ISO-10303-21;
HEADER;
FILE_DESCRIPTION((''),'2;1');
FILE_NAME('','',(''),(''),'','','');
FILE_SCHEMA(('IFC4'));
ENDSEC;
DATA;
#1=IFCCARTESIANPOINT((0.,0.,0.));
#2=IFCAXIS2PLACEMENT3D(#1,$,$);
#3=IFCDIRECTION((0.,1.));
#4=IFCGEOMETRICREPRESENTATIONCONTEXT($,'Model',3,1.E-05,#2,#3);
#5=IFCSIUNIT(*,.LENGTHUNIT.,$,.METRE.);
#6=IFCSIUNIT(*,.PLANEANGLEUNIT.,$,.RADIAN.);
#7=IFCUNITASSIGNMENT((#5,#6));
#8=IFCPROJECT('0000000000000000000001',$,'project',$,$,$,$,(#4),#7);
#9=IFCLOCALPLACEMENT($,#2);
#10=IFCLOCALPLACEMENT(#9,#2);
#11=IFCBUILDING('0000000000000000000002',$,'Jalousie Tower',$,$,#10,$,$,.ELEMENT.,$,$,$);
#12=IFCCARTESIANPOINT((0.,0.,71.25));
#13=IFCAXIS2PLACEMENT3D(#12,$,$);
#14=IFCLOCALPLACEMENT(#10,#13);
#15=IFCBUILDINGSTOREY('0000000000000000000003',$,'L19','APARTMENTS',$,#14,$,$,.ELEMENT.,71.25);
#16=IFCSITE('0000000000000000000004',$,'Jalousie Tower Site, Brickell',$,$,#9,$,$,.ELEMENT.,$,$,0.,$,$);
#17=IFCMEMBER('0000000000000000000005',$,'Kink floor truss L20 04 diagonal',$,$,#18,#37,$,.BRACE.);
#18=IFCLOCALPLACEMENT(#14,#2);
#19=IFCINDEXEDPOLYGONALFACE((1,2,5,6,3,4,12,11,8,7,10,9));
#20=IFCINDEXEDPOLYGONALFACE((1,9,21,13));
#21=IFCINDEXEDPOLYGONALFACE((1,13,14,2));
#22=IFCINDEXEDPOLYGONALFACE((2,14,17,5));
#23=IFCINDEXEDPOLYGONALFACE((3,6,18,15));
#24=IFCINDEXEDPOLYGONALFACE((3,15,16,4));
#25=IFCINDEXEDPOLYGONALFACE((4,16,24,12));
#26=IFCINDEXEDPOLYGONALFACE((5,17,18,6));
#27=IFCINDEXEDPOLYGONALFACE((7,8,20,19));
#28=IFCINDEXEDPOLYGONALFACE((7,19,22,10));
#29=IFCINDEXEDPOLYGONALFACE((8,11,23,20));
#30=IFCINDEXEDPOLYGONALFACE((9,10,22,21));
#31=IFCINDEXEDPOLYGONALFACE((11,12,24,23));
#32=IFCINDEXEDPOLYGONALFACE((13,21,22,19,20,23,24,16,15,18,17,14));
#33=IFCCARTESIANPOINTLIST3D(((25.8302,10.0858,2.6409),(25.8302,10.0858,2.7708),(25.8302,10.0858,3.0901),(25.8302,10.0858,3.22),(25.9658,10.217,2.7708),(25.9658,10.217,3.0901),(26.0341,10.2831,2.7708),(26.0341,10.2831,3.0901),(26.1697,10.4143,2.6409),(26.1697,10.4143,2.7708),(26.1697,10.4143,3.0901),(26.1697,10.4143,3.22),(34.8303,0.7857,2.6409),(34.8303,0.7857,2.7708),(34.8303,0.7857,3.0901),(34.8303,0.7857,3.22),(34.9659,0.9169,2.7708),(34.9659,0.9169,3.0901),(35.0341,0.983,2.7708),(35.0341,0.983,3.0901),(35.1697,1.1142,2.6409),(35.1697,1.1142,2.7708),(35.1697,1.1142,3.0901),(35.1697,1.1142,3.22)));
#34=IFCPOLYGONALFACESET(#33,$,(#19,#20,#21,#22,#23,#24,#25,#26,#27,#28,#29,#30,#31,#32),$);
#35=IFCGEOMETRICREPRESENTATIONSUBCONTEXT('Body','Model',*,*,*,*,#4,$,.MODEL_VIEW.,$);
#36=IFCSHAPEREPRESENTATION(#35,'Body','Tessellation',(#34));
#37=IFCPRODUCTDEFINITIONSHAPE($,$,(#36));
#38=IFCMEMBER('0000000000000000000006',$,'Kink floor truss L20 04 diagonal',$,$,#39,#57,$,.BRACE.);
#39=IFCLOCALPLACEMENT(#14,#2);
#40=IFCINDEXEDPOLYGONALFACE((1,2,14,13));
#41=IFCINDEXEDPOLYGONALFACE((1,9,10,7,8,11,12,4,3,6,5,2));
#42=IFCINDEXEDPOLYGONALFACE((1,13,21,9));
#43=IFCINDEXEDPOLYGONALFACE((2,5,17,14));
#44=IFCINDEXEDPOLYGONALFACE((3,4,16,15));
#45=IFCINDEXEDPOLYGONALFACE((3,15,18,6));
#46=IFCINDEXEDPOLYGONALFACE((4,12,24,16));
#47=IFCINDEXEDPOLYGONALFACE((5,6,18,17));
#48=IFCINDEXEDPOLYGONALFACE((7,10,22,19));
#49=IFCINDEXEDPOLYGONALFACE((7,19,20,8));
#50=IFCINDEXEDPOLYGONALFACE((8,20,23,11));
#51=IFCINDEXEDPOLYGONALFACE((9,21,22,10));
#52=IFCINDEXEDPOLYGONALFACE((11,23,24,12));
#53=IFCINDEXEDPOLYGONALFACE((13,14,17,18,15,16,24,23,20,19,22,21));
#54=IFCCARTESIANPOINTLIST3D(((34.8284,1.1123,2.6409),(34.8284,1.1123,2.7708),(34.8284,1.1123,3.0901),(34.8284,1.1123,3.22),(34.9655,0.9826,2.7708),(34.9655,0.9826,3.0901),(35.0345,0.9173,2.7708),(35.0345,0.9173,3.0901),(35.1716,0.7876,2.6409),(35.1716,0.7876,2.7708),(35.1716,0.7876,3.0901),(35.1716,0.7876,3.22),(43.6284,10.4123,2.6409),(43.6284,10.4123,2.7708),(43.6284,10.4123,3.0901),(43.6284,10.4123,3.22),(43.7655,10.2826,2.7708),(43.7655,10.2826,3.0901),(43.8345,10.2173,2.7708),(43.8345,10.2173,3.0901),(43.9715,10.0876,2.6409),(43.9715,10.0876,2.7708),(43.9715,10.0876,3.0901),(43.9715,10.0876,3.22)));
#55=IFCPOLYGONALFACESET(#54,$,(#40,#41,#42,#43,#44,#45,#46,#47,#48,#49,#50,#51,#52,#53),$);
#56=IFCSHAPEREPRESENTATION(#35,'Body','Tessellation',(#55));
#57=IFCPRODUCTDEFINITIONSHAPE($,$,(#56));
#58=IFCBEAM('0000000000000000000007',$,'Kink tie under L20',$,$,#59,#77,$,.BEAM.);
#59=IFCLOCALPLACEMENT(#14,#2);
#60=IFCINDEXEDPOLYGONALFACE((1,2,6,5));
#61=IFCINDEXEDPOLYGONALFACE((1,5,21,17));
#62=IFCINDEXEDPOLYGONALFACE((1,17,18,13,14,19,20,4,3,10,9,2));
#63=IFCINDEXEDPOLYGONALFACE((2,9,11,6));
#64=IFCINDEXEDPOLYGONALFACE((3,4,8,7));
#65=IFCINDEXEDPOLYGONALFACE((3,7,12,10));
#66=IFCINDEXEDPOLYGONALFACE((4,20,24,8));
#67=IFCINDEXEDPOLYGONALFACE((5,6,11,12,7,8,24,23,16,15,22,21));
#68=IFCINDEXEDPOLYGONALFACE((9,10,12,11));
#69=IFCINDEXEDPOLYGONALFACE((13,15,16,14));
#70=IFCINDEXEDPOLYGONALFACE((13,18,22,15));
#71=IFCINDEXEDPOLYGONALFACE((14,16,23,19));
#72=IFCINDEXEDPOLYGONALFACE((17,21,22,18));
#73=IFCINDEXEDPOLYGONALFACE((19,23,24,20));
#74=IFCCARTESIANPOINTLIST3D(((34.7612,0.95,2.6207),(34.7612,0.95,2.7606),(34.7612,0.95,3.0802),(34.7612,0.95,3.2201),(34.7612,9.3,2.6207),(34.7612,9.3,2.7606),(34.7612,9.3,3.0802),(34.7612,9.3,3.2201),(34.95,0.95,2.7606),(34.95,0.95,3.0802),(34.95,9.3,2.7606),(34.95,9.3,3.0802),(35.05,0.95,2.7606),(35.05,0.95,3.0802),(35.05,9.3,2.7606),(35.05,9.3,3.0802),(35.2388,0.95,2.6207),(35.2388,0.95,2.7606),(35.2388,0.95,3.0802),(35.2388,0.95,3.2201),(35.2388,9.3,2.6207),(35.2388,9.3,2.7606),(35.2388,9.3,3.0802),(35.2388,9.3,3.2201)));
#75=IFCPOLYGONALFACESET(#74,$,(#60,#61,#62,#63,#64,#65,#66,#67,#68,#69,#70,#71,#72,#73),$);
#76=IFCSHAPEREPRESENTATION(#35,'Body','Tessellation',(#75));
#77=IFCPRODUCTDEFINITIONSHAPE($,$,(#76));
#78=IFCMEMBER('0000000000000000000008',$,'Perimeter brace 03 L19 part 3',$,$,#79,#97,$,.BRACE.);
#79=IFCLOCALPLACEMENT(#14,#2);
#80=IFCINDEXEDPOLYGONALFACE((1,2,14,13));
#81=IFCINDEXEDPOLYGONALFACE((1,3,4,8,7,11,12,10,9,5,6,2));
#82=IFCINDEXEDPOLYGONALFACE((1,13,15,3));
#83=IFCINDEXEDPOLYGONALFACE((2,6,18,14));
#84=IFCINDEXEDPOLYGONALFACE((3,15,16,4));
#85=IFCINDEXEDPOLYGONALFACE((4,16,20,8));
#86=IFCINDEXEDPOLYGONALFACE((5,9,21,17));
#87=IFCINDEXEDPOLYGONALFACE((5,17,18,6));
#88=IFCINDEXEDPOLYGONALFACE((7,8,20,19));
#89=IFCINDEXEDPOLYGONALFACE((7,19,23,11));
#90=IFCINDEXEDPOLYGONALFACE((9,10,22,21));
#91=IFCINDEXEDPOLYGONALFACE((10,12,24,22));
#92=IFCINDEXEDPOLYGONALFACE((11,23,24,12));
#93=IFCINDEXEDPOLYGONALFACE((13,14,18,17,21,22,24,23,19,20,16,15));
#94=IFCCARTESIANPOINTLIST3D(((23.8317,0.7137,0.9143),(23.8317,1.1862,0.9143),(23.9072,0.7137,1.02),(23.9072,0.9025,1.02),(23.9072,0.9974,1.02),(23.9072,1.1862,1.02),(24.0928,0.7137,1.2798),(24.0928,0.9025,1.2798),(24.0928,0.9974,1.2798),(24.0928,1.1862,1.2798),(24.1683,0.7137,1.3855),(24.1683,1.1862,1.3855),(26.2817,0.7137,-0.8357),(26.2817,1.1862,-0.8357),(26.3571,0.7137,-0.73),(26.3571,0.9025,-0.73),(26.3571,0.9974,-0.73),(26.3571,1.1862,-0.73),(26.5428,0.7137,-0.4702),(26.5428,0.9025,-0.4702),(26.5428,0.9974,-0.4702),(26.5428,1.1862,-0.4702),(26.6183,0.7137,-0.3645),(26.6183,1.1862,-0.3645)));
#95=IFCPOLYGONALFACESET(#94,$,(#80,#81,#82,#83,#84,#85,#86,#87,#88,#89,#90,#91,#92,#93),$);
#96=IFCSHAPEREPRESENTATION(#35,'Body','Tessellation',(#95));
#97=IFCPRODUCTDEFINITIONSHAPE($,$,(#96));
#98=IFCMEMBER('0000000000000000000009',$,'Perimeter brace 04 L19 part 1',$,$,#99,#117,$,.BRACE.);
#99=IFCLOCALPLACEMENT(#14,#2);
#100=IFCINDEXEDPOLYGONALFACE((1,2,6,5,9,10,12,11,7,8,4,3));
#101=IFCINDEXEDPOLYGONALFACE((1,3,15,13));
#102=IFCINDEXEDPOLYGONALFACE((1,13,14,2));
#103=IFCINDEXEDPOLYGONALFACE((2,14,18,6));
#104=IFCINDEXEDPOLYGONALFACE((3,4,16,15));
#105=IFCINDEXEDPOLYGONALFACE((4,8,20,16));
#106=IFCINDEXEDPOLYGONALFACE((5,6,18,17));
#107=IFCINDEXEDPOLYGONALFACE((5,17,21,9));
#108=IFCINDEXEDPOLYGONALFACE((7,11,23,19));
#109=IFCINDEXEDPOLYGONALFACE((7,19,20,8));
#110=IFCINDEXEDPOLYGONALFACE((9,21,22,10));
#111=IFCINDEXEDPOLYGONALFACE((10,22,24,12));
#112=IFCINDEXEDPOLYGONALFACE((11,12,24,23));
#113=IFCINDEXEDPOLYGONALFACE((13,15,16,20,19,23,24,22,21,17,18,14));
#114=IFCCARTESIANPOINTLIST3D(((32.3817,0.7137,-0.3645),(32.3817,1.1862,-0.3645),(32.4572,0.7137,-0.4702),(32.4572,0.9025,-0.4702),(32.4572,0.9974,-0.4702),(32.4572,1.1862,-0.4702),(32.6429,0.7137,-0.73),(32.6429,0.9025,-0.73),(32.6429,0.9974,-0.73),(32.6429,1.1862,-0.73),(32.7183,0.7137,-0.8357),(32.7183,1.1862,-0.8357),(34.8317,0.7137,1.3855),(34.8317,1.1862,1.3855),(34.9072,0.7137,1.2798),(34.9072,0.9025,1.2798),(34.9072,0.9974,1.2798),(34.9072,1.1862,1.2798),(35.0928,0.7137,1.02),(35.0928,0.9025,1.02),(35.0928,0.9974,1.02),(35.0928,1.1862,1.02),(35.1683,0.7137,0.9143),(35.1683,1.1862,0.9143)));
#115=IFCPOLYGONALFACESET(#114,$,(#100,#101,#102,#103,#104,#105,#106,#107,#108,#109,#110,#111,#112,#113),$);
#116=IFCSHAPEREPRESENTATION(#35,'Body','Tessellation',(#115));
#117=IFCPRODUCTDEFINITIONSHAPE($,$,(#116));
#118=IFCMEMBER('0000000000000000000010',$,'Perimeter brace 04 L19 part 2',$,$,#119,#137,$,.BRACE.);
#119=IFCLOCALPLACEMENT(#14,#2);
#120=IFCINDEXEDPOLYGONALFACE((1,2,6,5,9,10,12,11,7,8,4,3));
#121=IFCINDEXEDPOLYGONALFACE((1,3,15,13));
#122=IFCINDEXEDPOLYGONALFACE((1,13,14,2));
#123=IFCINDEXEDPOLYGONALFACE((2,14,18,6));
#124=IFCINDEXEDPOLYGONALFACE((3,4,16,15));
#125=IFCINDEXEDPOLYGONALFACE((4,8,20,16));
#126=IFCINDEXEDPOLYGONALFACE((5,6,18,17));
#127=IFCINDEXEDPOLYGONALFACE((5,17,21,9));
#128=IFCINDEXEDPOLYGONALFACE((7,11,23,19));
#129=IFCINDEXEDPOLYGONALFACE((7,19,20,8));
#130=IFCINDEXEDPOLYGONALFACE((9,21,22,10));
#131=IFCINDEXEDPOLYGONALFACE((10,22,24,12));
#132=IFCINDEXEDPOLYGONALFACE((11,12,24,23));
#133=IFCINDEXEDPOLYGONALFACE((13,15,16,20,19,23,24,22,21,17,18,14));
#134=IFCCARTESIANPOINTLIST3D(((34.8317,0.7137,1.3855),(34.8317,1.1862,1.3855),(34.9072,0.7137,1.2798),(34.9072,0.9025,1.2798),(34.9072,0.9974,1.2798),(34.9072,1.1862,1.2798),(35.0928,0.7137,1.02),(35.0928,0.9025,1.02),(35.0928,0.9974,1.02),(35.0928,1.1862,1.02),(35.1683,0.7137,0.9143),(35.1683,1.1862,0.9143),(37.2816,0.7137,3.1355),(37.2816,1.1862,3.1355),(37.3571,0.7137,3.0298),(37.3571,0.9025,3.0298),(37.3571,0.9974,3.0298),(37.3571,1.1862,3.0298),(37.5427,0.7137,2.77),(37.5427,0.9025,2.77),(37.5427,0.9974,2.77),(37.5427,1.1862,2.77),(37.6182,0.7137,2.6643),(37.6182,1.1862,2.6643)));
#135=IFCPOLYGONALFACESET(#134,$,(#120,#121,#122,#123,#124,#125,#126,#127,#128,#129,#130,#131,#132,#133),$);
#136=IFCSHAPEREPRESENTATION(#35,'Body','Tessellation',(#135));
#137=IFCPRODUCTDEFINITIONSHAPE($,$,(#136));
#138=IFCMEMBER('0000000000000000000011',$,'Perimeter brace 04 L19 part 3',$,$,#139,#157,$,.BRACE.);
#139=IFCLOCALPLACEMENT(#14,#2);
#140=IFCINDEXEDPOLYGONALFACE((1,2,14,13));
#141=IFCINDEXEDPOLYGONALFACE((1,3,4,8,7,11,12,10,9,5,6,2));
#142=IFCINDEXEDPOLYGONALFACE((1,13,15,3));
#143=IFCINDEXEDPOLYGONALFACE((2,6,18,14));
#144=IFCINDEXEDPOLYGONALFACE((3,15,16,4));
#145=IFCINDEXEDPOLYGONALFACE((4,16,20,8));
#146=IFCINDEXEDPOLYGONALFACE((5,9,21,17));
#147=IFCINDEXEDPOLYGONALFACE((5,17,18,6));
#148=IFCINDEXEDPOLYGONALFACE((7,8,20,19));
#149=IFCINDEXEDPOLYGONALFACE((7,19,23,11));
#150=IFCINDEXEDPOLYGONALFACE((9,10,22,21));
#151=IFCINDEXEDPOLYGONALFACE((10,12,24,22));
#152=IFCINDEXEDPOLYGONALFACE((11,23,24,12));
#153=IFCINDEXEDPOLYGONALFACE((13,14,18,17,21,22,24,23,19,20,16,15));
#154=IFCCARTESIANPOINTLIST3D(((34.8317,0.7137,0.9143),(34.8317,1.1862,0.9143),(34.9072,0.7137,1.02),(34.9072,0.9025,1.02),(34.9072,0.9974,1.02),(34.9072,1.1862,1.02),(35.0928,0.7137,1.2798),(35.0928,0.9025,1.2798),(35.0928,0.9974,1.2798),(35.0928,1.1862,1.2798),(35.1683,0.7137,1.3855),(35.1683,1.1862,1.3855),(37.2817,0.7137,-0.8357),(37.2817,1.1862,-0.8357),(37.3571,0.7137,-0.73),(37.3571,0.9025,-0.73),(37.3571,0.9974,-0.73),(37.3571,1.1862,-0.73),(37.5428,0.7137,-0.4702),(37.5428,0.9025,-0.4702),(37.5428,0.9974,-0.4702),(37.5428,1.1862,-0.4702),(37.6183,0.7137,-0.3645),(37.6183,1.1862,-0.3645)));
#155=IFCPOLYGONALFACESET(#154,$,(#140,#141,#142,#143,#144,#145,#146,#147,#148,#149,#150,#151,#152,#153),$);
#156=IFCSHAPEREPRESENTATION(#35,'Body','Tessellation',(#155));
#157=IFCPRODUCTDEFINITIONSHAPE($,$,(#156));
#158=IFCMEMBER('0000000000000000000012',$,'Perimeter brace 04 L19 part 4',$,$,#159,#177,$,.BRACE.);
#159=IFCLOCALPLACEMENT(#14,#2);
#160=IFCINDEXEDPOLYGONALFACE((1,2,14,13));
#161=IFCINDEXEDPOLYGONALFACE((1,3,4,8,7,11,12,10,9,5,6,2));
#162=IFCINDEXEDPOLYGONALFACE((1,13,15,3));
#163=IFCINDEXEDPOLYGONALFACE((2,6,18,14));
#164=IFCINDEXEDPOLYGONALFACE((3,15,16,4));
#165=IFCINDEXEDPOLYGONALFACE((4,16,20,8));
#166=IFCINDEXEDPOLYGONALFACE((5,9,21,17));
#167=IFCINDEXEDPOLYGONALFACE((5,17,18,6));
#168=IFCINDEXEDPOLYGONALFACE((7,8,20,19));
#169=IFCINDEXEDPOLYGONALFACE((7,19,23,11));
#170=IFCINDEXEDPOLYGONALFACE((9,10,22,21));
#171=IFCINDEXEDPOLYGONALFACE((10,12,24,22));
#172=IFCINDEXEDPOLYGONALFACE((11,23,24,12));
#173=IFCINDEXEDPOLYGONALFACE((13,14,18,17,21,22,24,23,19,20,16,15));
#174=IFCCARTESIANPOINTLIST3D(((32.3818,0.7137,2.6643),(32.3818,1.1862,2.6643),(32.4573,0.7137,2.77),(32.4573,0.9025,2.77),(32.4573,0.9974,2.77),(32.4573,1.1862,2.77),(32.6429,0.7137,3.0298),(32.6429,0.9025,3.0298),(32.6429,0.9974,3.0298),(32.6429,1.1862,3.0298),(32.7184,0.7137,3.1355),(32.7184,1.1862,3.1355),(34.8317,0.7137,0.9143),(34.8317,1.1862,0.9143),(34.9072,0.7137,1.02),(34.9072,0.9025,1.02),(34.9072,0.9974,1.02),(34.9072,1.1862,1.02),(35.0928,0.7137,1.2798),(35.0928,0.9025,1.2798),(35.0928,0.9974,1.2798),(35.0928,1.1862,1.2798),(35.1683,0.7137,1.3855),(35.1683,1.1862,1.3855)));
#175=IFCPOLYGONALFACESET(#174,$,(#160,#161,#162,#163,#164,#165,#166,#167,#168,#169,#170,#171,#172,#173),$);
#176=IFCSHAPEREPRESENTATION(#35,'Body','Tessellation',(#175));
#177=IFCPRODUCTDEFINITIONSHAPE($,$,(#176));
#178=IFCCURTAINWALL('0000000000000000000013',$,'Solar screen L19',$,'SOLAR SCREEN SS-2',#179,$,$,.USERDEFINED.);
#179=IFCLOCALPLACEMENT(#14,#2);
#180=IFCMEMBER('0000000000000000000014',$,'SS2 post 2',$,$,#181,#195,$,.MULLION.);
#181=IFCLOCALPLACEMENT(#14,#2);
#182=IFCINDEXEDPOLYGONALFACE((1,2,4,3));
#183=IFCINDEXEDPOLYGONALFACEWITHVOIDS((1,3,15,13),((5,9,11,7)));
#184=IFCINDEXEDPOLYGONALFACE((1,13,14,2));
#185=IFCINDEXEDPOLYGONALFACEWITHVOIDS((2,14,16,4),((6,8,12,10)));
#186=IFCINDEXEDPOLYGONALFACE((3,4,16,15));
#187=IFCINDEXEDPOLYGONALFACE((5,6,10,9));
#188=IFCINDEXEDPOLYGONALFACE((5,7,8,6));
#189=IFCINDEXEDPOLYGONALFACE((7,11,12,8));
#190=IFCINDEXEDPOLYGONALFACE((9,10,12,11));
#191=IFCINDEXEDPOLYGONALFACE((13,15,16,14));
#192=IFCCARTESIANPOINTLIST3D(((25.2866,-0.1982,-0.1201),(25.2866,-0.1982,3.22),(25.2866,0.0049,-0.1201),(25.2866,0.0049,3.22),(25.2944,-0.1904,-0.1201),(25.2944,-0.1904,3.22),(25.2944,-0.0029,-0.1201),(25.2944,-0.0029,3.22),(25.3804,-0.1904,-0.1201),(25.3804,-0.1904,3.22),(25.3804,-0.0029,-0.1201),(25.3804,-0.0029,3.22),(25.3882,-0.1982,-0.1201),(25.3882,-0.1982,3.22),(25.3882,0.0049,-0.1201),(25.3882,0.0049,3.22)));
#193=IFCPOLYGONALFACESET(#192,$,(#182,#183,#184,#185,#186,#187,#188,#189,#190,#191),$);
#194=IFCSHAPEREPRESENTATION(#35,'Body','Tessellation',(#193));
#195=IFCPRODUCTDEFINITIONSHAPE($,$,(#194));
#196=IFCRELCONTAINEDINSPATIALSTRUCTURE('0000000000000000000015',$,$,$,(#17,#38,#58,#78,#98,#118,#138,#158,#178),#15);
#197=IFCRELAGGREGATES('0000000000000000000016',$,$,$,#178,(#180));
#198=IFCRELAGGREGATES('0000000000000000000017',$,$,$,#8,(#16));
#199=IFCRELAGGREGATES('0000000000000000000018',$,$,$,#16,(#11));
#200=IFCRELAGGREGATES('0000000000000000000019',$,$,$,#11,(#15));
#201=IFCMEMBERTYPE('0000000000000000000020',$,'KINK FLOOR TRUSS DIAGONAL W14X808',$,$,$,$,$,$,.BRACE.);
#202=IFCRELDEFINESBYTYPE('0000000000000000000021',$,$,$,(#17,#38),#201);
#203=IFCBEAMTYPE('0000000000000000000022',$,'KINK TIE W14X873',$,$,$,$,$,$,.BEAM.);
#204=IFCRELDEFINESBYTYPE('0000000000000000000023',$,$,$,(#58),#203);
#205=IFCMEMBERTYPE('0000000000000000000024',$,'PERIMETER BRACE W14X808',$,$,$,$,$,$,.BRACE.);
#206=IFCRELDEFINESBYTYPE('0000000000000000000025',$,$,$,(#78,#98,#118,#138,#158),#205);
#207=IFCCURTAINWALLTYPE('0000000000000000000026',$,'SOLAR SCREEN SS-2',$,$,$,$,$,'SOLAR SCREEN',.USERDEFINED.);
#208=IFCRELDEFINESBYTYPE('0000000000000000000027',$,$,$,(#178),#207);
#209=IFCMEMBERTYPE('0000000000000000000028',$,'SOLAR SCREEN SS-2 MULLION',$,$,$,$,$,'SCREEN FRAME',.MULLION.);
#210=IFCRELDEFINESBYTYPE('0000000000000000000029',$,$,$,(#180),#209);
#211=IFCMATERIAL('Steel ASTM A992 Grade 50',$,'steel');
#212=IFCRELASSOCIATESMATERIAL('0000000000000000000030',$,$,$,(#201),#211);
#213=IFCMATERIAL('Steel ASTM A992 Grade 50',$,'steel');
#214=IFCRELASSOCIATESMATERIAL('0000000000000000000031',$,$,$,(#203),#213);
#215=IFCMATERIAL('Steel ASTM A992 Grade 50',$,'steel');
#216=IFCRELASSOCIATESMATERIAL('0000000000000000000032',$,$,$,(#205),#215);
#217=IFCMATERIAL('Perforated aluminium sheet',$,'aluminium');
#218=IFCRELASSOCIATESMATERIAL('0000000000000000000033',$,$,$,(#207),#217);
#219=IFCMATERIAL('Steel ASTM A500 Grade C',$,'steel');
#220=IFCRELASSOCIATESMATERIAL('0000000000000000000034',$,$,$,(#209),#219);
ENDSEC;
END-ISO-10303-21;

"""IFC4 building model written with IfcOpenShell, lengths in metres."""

from ifc_helpers import new_model, si_unit, direction, frame, origin, origin_2d, place, context, subcontext, project, spatial, hollow_rectangle, i_section, extrude, material, material_profile, profile_set, type_object, element, aggregate, save


model = new_model("IFC4")

# Units and contexts
model_context = context("Model", 3, precision=1e-05, world=origin(), true_north=direction((0.0, 1.0)))
body_context = subcontext(model_context, "Body", "Model", "MODEL_VIEW")
ifc_project = project(units=[si_unit("LENGTHUNIT", "METRE"), si_unit("PLANEANGLEUNIT", "RADIAN")], contexts=[model_context])

# Site, building, storey
site_placement = place(None, origin())
site = spatial("IfcSite", under=ifc_project, at=site_placement, Name="Jalousie Tower Site, Brickell", CompositionType="ELEMENT", RefElevation=0.0)
building_placement = place(site_placement, origin())
building = spatial("IfcBuilding", under=site, at=building_placement, Name="Jalousie Tower", CompositionType="ELEMENT")
storey_placement = place(building_placement, frame((0.0, 0.0, 71.25)))
storey = spatial("IfcBuildingStorey", under=building, at=storey_placement, Name="L19", Description="APARTMENTS", CompositionType="ELEMENT", Elevation=71.25)

# Members
ifc_material_1 = material(Name="Steel ASTM A992 Grade 50", Category="steel")
ifc_material_profile_1 = material_profile(ifc_material_1, i_section(OverallWidth=0.4724, OverallDepth=0.5791, WebThickness=0.095, FlangeThickness=0.1299, at=origin_2d()), Name="W14X808")
ifc_profile_set_1 = profile_set([ifc_material_profile_1], Name="Steel ASTM A992 Grade 50")
member_type_1 = type_object("IfcMemberType", Name="KINK FLOOR TRUSS DIAGONAL W14X808", PredefinedType="BRACE", material=ifc_profile_set_1)
member_1_placement = place(storey_placement, frame((35.0, 0.95, 2.9304), z_axis=(-0.69542, 0.718604, 0.0), x_axis=(-0.718604, -0.69542, 0.0)))
element("IfcMember", 1, at=member_1_placement, inside=storey, type_object=member_type_1, Name="Kink floor truss L20 04 diagonal", PredefinedType="BRACE", context=body_context, shape_type="SweptSolid", body=[
    extrude(i_section(OverallWidth=0.4724, OverallDepth=0.5791, WebThickness=0.095, FlangeThickness=0.1299, at=origin_2d()), origin(), (0.0, 0.0, 1.0), 12.9419),
])
member_2_placement = place(storey_placement, frame((35.0, 0.95, 2.9304), z_axis=(0.687311, 0.726363, 0.0), x_axis=(-0.726363, 0.687311, 0.0)))
element("IfcMember", 2, at=member_2_placement, inside=storey, type_object=member_type_1, Name="Kink floor truss L20 04 diagonal", PredefinedType="BRACE", context=body_context, shape_type="SweptSolid", body=[
    extrude(i_section(OverallWidth=0.4724, OverallDepth=0.5791, WebThickness=0.095, FlangeThickness=0.1299, at=origin_2d()), origin(), (0.0, 0.0, 1.0), 12.8035),
])

# Beam
ifc_material_2 = material(Name="Steel ASTM A992 Grade 50", Category="steel")
ifc_material_profile_2 = material_profile(ifc_material_2, i_section(OverallWidth=0.4775, OverallDepth=0.5994, WebThickness=0.1001, FlangeThickness=0.1399, at=origin_2d()), Name="W14X873")
ifc_profile_set_2 = profile_set([ifc_material_profile_2], Name="Steel ASTM A992 Grade 50")
beam_type = type_object("IfcBeamType", Name="KINK TIE W14X873", PredefinedType="BEAM", material=ifc_profile_set_2)
beam_placement = place(storey_placement, frame((35.0, 0.95, 2.9204), z_axis=(0.0, 1.0, 0.0), x_axis=(-1.0, 0.0, 0.0)))
element("IfcBeam", 3, at=beam_placement, inside=storey, type_object=beam_type, Name="Kink tie under L20", PredefinedType="BEAM", context=body_context, shape_type="SweptSolid", body=[
    extrude(i_section(OverallWidth=0.4775, OverallDepth=0.5994, WebThickness=0.1001, FlangeThickness=0.1399, at=origin_2d()), origin(), (0.0, 0.0, 1.0), 8.3501),
])

# Members
ifc_material_3 = material(Name="Steel ASTM A992 Grade 50", Category="steel")
ifc_material_profile_3 = material_profile(ifc_material_3, i_section(OverallWidth=0.4724, OverallDepth=0.5791, WebThickness=0.095, FlangeThickness=0.1299, at=origin_2d()), Name="W14X808")
ifc_profile_set_3 = profile_set([ifc_material_profile_3], Name="Steel ASTM A992 Grade 50")
member_type_2 = type_object("IfcMemberType", Name="PERIMETER BRACE W14X808", PredefinedType="BRACE", material=ifc_profile_set_3)
for number, where, z_axis, x_axis, name in (
    (4, (26.45, 0.95, -0.6001), (-0.813728, 0.0, 0.581246), (0.0, -1.0, 0.0), "Perimeter brace 03 L19 part 3"),
    (5, (32.55, 0.95, -0.6001), (0.813728, 0.0, 0.581246), (0.0, 1.0, 0.0), "Perimeter brace 04 L19 part 1"),
    (6, (35.0, 0.95, 1.1499), (0.813728, 0.0, 0.581246), (0.0, 1.0, 0.0), "Perimeter brace 04 L19 part 2"),
    (7, (37.45, 0.95, -0.6001), (-0.813728, 0.0, 0.581246), (0.0, -1.0, 0.0), "Perimeter brace 04 L19 part 3"),
    (8, (35.0, 0.95, 1.1499), (-0.813728, 0.0, 0.581246), (0.0, -1.0, 0.0), "Perimeter brace 04 L19 part 4"),
):
    element("IfcMember", number, at=place(storey_placement, frame(where, z_axis=z_axis, x_axis=x_axis)), inside=storey, type_object=member_type_2, Name=name, PredefinedType="BRACE", context=body_context, shape_type="SweptSolid", body=[
        extrude(i_section(OverallWidth=0.4724, OverallDepth=0.5791, WebThickness=0.095, FlangeThickness=0.1299, at=origin_2d()), origin(), (0.0, 0.0, 1.0), 3.0107),
    ])

# Curtain wall, member
ifc_material_4 = material(Name="Perforated aluminium sheet", Category="aluminium")
curtain_wall_type = type_object("IfcCurtainWallType", Name="SOLAR SCREEN SS-2", ElementType="SOLAR SCREEN", PredefinedType="USERDEFINED", material=ifc_material_4)
curtain_wall_1_placement = place(storey_placement, origin())
curtain_wall_1 = element("IfcCurtainWall", 9, at=curtain_wall_1_placement, inside=storey, type_object=curtain_wall_type, Name="Solar screen L19", ObjectType="SOLAR SCREEN SS-2", PredefinedType="USERDEFINED")
ifc_material_5 = material(Name="Steel ASTM A500 Grade C", Category="steel")
ifc_material_profile_4 = material_profile(ifc_material_5, hollow_rectangle(XDim=0.1016, YDim=0.2031, WallThickness=0.0078, at=origin_2d()), Name="HSS8X4X5/16")
ifc_profile_set_4 = profile_set([ifc_material_profile_4], Name="Steel ASTM A500 Grade C")
member_type_3 = type_object("IfcMemberType", Name="SOLAR SCREEN SS-2 MULLION", ElementType="SCREEN FRAME", PredefinedType="MULLION", material=ifc_profile_set_4)
member_3_placement = place(storey_placement, frame((25.3374, -0.0967, -0.1201), z_axis=(0.0, 0.0, 1.0), x_axis=(1.0, 0.0, 0.0)))
member_3 = element("IfcMember", 10, at=member_3_placement, type_object=member_type_3, Name="SS2 post 2", PredefinedType="MULLION", context=body_context, shape_type="SweptSolid", body=[
    extrude(hollow_rectangle(XDim=0.1016, YDim=0.2031, WallThickness=0.0078, at=origin_2d()), origin(), (0.0, 0.0, 1.0), 3.3401),
])

aggregate(curtain_wall_1, [member_3])

save(model, "model.ifc")
